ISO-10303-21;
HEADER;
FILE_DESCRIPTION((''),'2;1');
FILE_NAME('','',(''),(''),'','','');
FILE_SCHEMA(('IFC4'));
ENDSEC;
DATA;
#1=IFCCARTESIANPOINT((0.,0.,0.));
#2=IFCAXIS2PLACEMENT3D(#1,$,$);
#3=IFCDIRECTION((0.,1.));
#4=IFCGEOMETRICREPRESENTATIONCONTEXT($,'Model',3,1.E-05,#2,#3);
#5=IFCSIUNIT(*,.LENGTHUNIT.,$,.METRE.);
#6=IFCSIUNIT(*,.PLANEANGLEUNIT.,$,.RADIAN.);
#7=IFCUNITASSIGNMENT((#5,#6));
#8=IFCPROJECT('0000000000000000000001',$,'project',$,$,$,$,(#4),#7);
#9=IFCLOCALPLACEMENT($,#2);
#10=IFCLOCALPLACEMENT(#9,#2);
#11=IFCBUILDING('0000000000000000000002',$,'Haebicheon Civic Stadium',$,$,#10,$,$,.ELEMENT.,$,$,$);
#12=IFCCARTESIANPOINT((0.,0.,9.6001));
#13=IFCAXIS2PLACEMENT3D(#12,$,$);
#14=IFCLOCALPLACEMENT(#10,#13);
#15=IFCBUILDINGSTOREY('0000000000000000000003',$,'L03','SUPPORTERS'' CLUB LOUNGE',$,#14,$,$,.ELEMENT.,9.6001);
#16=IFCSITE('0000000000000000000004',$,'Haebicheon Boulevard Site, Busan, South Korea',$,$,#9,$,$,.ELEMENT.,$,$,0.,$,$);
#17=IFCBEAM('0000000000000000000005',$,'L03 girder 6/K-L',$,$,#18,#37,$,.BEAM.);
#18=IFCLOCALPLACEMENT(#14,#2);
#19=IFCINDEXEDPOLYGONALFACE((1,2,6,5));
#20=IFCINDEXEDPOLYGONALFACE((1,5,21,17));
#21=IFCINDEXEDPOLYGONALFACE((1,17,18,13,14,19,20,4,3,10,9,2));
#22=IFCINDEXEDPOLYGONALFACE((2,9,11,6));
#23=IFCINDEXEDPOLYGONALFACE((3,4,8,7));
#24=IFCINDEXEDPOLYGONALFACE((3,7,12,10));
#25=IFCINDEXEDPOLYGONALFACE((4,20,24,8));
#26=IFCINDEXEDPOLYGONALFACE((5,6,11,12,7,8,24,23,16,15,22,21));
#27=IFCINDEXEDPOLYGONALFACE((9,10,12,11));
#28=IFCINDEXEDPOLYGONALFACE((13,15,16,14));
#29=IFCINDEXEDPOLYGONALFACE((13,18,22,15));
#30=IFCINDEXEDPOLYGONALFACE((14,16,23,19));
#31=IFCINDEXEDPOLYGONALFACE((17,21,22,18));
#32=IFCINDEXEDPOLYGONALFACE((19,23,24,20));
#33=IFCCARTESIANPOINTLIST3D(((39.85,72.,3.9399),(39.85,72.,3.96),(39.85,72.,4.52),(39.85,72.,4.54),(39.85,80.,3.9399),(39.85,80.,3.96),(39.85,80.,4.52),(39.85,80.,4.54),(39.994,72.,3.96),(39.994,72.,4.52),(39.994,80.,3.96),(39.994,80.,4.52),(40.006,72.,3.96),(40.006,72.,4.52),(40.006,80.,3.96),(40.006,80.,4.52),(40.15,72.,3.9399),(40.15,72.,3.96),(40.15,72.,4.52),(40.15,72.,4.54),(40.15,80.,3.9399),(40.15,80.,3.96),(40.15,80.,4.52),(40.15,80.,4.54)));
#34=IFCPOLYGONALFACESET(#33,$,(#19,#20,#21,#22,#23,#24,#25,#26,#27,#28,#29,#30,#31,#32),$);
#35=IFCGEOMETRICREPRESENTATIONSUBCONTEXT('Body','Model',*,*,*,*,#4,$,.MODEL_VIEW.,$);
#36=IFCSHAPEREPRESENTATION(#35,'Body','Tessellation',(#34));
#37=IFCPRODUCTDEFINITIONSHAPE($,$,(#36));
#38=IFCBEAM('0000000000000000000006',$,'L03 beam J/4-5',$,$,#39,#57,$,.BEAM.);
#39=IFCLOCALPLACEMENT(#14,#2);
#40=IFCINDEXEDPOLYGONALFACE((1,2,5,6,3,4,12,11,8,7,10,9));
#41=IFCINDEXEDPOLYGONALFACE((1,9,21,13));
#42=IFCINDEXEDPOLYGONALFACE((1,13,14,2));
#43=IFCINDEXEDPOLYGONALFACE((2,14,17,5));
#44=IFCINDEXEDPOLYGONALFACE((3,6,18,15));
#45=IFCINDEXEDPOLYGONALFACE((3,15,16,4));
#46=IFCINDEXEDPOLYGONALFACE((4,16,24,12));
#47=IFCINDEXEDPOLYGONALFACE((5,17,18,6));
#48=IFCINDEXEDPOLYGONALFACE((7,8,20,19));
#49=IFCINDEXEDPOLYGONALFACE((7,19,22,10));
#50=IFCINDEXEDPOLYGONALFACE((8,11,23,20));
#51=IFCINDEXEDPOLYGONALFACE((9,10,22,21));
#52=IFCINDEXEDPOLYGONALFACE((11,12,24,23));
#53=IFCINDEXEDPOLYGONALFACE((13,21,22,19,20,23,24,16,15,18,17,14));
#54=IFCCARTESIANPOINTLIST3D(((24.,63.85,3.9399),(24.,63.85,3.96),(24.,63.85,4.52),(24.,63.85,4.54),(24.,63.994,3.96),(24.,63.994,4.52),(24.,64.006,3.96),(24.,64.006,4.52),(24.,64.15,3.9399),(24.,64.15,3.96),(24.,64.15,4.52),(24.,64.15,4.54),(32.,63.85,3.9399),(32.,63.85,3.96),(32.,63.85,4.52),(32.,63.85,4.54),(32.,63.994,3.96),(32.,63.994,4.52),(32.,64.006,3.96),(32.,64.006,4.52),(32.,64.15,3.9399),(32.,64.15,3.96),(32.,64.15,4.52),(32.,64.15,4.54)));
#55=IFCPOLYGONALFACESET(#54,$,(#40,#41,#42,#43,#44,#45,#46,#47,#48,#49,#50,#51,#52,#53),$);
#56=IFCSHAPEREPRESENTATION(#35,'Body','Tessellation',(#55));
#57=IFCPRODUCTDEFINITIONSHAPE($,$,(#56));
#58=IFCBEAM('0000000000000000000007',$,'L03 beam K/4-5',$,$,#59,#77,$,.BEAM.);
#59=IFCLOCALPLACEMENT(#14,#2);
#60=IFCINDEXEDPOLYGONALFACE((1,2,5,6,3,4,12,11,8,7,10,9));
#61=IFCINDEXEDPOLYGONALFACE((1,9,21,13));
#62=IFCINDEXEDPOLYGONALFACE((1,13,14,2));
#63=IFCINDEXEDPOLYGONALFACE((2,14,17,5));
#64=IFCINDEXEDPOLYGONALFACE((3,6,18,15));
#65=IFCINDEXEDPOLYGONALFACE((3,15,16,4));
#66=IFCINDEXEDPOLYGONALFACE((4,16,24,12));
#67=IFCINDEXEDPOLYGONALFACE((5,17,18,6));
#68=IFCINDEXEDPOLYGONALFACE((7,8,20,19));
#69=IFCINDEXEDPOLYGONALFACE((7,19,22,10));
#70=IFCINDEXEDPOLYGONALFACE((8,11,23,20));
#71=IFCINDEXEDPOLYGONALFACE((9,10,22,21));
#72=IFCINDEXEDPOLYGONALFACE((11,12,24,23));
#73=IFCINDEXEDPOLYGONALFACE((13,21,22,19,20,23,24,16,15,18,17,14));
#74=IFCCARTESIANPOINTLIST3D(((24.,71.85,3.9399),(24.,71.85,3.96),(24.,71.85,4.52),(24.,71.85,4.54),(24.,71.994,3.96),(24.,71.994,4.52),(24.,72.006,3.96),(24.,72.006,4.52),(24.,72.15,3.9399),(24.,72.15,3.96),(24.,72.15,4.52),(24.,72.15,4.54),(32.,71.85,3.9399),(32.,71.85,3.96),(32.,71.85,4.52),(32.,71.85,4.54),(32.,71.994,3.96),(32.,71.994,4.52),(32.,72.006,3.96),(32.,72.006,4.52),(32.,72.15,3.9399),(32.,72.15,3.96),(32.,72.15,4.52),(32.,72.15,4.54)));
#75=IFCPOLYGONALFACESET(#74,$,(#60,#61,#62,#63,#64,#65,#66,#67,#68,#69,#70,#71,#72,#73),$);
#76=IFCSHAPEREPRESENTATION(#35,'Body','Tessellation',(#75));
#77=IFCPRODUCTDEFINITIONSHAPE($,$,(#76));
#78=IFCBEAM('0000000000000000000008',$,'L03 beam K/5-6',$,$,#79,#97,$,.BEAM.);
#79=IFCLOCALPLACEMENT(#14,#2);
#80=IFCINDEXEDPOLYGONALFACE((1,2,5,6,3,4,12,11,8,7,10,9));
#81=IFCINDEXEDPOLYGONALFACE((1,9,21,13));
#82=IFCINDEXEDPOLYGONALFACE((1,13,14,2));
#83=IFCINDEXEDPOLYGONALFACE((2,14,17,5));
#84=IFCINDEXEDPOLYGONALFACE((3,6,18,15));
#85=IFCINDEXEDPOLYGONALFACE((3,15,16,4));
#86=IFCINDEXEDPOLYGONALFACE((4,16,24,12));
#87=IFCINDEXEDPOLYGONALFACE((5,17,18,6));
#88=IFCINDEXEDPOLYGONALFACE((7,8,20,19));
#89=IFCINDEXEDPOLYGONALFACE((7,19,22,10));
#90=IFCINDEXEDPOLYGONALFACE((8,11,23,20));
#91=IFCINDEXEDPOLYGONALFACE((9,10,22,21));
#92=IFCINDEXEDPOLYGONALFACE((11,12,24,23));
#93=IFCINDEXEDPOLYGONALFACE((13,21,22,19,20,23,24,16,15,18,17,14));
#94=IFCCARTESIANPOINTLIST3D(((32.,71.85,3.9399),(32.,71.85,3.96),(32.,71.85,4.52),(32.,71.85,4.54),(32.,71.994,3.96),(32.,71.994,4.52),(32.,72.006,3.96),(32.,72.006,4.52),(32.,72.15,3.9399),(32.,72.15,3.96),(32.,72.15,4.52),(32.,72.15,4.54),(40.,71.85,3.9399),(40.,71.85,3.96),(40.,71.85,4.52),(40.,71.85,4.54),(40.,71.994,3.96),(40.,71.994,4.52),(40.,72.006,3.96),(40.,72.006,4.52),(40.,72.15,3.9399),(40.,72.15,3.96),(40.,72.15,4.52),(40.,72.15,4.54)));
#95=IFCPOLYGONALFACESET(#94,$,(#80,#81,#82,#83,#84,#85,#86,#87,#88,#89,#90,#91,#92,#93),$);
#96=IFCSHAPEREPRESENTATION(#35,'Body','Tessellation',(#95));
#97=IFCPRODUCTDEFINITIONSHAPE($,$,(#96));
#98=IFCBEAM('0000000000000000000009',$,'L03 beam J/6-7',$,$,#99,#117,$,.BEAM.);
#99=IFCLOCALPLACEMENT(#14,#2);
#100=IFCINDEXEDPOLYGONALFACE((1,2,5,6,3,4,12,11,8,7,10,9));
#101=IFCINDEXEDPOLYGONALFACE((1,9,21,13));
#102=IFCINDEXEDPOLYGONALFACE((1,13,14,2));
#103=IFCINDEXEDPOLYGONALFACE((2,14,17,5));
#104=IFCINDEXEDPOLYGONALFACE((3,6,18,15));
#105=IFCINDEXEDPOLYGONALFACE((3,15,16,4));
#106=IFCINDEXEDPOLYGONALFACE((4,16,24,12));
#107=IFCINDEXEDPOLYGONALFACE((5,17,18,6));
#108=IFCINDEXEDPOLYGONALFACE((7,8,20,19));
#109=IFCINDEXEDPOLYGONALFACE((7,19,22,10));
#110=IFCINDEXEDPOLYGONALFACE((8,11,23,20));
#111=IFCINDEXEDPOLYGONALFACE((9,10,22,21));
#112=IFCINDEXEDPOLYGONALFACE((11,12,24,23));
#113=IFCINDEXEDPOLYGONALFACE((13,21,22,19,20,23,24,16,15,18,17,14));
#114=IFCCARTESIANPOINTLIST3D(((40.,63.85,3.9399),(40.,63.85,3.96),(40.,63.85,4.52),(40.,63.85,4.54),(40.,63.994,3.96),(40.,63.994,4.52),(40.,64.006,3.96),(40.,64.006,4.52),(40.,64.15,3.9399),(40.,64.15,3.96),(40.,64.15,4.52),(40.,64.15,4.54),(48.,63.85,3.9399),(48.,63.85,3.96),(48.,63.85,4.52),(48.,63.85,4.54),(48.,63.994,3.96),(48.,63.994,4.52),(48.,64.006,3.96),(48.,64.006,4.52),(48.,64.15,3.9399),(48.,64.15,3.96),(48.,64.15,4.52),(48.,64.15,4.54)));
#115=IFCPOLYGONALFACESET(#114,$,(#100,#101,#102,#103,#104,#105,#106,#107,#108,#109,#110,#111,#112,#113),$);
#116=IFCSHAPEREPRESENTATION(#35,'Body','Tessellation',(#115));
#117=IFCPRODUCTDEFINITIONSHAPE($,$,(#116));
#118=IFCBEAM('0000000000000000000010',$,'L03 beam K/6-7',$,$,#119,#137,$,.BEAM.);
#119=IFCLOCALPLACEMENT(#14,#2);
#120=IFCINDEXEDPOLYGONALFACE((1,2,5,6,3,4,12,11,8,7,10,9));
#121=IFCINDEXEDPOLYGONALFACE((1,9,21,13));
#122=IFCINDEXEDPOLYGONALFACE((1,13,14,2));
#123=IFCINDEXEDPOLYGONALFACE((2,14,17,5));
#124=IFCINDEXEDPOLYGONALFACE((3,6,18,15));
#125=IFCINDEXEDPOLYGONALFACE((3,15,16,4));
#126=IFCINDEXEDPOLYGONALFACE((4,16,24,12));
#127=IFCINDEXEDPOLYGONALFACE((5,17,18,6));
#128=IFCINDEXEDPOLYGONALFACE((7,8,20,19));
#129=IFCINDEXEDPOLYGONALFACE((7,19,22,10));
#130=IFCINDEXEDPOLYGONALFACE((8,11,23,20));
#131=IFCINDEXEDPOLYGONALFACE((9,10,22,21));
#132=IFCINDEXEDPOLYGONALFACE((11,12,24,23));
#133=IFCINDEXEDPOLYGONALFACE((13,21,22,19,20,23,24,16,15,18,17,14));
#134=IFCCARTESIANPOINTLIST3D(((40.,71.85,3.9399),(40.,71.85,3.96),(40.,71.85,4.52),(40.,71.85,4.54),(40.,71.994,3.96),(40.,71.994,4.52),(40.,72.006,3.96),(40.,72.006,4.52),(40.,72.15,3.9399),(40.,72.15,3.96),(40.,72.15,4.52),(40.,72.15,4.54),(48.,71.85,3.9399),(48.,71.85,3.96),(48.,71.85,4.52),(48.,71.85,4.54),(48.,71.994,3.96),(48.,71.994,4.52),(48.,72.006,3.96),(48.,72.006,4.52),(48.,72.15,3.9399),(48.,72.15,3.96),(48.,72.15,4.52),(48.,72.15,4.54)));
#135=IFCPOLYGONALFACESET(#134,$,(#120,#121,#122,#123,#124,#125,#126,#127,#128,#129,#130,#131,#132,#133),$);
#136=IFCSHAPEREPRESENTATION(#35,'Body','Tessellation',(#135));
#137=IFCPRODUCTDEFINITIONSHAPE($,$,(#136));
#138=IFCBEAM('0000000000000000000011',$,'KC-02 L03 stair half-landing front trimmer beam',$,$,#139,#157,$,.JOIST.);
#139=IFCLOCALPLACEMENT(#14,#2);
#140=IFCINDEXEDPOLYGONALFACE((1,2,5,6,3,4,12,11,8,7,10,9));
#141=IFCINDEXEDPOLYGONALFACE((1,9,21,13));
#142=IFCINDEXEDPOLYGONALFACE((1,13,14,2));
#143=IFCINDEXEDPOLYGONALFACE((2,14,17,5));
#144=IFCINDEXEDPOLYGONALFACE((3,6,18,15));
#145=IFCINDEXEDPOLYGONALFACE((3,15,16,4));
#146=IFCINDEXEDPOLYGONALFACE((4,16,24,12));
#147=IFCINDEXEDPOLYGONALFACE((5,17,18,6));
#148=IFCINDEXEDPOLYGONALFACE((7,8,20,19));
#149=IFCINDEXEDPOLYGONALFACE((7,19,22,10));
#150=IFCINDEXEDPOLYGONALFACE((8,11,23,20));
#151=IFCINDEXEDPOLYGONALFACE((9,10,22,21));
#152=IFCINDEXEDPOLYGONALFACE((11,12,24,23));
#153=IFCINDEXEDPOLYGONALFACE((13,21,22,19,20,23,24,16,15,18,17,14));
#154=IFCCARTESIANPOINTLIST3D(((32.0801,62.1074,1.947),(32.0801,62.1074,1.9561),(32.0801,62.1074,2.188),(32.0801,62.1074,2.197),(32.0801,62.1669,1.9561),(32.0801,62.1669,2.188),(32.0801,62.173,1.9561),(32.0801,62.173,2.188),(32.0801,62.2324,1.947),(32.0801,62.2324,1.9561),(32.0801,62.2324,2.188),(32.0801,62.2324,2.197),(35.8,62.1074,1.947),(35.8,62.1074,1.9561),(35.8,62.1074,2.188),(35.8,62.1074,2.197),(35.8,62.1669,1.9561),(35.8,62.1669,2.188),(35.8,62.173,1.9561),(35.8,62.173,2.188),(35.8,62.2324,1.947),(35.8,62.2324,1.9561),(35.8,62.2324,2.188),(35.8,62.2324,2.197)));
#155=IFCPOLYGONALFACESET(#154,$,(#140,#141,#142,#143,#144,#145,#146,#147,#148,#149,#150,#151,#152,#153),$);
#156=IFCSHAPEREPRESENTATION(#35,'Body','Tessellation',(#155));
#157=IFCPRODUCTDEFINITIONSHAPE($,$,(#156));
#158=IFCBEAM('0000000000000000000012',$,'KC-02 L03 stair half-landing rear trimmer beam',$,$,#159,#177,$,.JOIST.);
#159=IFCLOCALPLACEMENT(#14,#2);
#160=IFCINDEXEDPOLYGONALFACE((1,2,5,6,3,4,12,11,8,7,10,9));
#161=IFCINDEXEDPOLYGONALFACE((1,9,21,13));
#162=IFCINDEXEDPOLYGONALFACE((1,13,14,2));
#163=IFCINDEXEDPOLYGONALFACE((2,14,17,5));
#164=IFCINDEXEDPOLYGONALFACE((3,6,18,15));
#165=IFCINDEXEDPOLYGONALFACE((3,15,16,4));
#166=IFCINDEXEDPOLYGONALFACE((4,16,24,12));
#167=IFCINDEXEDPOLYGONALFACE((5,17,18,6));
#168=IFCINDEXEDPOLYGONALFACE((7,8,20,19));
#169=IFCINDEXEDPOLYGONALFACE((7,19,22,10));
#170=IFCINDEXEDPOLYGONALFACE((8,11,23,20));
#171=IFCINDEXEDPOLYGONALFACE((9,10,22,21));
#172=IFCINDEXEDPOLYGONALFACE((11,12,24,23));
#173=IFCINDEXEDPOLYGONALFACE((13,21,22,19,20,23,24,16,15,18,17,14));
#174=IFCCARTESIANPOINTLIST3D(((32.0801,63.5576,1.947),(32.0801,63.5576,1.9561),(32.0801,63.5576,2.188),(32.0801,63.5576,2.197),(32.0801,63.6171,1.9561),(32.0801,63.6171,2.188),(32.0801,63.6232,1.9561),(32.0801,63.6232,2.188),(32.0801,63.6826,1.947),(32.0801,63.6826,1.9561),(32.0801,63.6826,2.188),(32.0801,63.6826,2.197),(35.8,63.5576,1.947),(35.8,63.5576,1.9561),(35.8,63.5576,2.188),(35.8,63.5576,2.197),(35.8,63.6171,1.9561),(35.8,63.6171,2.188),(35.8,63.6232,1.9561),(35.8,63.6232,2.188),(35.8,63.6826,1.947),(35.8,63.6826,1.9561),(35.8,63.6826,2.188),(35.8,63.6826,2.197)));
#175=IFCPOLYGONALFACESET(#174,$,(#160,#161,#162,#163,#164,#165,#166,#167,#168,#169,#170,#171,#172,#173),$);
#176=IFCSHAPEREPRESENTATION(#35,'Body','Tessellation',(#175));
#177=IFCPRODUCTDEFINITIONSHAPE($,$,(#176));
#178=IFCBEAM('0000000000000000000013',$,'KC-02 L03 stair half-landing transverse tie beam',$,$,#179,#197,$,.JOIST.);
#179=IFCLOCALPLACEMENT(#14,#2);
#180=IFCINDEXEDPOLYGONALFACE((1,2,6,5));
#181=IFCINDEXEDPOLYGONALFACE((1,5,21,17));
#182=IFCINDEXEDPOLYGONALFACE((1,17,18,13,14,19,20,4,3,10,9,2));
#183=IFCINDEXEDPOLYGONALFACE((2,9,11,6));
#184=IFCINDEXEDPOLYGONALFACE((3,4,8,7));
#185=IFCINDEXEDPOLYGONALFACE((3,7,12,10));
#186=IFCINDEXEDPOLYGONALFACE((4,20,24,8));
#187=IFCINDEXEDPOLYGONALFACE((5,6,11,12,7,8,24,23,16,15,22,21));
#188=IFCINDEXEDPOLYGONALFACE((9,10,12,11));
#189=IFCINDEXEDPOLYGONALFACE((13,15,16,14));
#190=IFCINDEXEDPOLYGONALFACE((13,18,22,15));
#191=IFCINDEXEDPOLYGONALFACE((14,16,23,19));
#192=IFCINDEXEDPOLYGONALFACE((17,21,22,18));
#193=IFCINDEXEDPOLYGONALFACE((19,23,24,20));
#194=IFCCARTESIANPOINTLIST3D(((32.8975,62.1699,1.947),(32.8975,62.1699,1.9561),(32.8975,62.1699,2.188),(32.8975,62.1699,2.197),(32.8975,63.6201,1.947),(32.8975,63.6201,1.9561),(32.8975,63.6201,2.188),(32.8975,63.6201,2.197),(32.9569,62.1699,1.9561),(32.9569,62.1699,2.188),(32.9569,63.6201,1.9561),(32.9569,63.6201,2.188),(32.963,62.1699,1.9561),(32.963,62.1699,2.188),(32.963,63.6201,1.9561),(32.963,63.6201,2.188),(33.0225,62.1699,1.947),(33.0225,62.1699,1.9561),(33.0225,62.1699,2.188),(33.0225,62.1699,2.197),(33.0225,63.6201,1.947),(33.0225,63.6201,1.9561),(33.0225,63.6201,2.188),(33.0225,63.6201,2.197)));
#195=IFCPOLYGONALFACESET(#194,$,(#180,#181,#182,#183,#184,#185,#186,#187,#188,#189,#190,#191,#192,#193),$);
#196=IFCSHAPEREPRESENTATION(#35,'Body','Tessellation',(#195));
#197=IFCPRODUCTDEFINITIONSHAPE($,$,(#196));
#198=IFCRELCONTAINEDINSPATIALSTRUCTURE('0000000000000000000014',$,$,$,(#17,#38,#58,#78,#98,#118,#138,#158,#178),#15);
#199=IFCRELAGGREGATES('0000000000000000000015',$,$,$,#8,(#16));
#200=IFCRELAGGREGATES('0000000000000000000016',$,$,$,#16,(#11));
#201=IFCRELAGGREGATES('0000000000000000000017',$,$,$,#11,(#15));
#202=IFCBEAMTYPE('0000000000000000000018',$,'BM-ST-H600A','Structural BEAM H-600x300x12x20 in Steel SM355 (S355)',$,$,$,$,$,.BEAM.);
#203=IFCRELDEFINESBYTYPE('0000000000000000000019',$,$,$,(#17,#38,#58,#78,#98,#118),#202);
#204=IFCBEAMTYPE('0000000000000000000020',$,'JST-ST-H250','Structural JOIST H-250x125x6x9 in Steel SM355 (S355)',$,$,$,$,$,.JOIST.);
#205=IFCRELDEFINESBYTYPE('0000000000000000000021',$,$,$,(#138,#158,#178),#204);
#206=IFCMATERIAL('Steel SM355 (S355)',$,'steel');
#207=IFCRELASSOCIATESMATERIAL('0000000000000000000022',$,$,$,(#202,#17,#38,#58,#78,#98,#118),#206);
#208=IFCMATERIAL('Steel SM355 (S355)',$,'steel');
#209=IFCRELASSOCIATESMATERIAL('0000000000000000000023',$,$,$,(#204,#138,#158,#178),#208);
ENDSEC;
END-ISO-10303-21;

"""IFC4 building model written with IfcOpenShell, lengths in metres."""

from ifc_helpers import new_model, si_unit, direction, frame, origin, origin_2d, place, context, subcontext, project, spatial, i_section, extrude, material, material_profile, profile_set, type_object, element, save


model = new_model("IFC4")

# Units and contexts
model_context = context("Model", 3, precision=1e-05, world=origin(), true_north=direction((0.0, 1.0)))
body_context = subcontext(model_context, "Body", "Model", "MODEL_VIEW")
ifc_project = project(units=[si_unit("LENGTHUNIT", "METRE"), si_unit("PLANEANGLEUNIT", "RADIAN")], contexts=[model_context])

# Site, building, storey
site_placement = place(None, origin())
site = spatial("IfcSite", under=ifc_project, at=site_placement, Name="Haebicheon Boulevard Site, Busan, South Korea", CompositionType="ELEMENT", RefElevation=0.0)
building_placement = place(site_placement, origin())
building = spatial("IfcBuilding", under=site, at=building_placement, Name="Haebicheon Civic Stadium", CompositionType="ELEMENT")
storey_placement = place(building_placement, frame((0.0, 0.0, 9.6001)))
storey = spatial("IfcBuildingStorey", under=building, at=storey_placement, Name="L03", Description="SUPPORTERS' CLUB LOUNGE", CompositionType="ELEMENT", Elevation=9.6001)

# Beams
ifc_material_1 = material(Name="Steel SM355 (S355)", Category="steel")
ifc_material_profile_1 = material_profile(ifc_material_1, i_section(OverallWidth=0.3, OverallDepth=0.6001, WebThickness=0.012, FlangeThickness=0.02, at=origin_2d()), Name="H-600x300x12x20")
ifc_profile_set_1 = profile_set([ifc_material_profile_1], Name="Steel SM355 (S355)")
beam_type_1 = type_object("IfcBeamType", Name="BM-ST-H600A", Description="Structural BEAM H-600x300x12x20 in Steel SM355 (S355)", PredefinedType="BEAM", material=ifc_profile_set_1)
for number, where, z_axis, x_axis, name in (
    (1, (40.0, 72.0, 4.24), (0.0, 1.0, 0.0), (-1.0, 0.0, 0.0), "L03 girder 6/K-L"),
    (2, (24.0, 64.0, 4.24), (1.0, 0.0, 0.0), (0.0, 1.0, 0.0), "L03 beam J/4-5"),
    (3, (24.0, 72.0, 4.24), (1.0, 0.0, 0.0), (0.0, 1.0, 0.0), "L03 beam K/4-5"),
    (4, (32.0, 72.0, 4.24), (1.0, 0.0, 0.0), (0.0, 1.0, 0.0), "L03 beam K/5-6"),
    (5, (40.0, 64.0, 4.24), (1.0, 0.0, 0.0), (0.0, 1.0, 0.0), "L03 beam J/6-7"),
    (6, (40.0, 72.0, 4.24), (1.0, 0.0, 0.0), (0.0, 1.0, 0.0), "L03 beam K/6-7"),
):
    element("IfcBeam", number, at=place(storey_placement, frame(where, z_axis=z_axis, x_axis=x_axis)), inside=storey, type_object=beam_type_1, material=ifc_profile_set_1, Name=name, PredefinedType="BEAM", context=body_context, shape_type="SweptSolid", body=[
        extrude(i_section(OverallWidth=0.3, OverallDepth=0.6001, WebThickness=0.012, FlangeThickness=0.02, at=origin_2d()), origin(), (0.0, 0.0, 1.0), 8.0),
    ])
ifc_material_2 = material(Name="Steel SM355 (S355)", Category="steel")
ifc_material_profile_2 = material_profile(ifc_material_2, i_section(OverallWidth=0.125, OverallDepth=0.25, WebThickness=0.0061, FlangeThickness=0.009, at=origin_2d()), Name="H-250x125x6x9")
ifc_profile_set_2 = profile_set([ifc_material_profile_2], Name="Steel SM355 (S355)")
beam_type_2 = type_object("IfcBeamType", Name="JST-ST-H250", Description="Structural JOIST H-250x125x6x9 in Steel SM355 (S355)", PredefinedType="JOIST", material=ifc_profile_set_2)
for number, where, z_axis, x_axis, name in (
    (7, (32.0801, 62.1699, 2.072), (1.0, 0.0, 0.0), (0.0, 1.0, 0.0), "KC-02 L03 stair half-landing front trimmer beam"),
    (8, (32.0801, 63.6201, 2.072), (1.0, 0.0, 0.0), (0.0, 1.0, 0.0), "KC-02 L03 stair half-landing rear trimmer beam"),
):
    element("IfcBeam", number, at=place(storey_placement, frame(where, z_axis=z_axis, x_axis=x_axis)), inside=storey, type_object=beam_type_2, material=ifc_profile_set_2, Name=name, PredefinedType="JOIST", context=body_context, shape_type="SweptSolid", body=[
        extrude(i_section(OverallWidth=0.125, OverallDepth=0.25, WebThickness=0.0061, FlangeThickness=0.009, at=origin_2d()), origin(), (0.0, 0.0, 1.0), 3.72),
    ])
beam_1_placement = place(storey_placement, frame((32.96, 62.1699, 2.072), z_axis=(0.0, 1.0, 0.0), x_axis=(-1.0, 0.0, 0.0)))
element("IfcBeam", 9, at=beam_1_placement, inside=storey, type_object=beam_type_2, material=ifc_profile_set_2, Name="KC-02 L03 stair half-landing transverse tie beam", PredefinedType="JOIST", context=body_context, shape_type="SweptSolid", body=[
    extrude(i_section(OverallWidth=0.125, OverallDepth=0.25, WebThickness=0.0061, FlangeThickness=0.009, at=origin_2d()), origin(), (0.0, 0.0, 1.0), 1.4502),
])

save(model, "model.ifc")
